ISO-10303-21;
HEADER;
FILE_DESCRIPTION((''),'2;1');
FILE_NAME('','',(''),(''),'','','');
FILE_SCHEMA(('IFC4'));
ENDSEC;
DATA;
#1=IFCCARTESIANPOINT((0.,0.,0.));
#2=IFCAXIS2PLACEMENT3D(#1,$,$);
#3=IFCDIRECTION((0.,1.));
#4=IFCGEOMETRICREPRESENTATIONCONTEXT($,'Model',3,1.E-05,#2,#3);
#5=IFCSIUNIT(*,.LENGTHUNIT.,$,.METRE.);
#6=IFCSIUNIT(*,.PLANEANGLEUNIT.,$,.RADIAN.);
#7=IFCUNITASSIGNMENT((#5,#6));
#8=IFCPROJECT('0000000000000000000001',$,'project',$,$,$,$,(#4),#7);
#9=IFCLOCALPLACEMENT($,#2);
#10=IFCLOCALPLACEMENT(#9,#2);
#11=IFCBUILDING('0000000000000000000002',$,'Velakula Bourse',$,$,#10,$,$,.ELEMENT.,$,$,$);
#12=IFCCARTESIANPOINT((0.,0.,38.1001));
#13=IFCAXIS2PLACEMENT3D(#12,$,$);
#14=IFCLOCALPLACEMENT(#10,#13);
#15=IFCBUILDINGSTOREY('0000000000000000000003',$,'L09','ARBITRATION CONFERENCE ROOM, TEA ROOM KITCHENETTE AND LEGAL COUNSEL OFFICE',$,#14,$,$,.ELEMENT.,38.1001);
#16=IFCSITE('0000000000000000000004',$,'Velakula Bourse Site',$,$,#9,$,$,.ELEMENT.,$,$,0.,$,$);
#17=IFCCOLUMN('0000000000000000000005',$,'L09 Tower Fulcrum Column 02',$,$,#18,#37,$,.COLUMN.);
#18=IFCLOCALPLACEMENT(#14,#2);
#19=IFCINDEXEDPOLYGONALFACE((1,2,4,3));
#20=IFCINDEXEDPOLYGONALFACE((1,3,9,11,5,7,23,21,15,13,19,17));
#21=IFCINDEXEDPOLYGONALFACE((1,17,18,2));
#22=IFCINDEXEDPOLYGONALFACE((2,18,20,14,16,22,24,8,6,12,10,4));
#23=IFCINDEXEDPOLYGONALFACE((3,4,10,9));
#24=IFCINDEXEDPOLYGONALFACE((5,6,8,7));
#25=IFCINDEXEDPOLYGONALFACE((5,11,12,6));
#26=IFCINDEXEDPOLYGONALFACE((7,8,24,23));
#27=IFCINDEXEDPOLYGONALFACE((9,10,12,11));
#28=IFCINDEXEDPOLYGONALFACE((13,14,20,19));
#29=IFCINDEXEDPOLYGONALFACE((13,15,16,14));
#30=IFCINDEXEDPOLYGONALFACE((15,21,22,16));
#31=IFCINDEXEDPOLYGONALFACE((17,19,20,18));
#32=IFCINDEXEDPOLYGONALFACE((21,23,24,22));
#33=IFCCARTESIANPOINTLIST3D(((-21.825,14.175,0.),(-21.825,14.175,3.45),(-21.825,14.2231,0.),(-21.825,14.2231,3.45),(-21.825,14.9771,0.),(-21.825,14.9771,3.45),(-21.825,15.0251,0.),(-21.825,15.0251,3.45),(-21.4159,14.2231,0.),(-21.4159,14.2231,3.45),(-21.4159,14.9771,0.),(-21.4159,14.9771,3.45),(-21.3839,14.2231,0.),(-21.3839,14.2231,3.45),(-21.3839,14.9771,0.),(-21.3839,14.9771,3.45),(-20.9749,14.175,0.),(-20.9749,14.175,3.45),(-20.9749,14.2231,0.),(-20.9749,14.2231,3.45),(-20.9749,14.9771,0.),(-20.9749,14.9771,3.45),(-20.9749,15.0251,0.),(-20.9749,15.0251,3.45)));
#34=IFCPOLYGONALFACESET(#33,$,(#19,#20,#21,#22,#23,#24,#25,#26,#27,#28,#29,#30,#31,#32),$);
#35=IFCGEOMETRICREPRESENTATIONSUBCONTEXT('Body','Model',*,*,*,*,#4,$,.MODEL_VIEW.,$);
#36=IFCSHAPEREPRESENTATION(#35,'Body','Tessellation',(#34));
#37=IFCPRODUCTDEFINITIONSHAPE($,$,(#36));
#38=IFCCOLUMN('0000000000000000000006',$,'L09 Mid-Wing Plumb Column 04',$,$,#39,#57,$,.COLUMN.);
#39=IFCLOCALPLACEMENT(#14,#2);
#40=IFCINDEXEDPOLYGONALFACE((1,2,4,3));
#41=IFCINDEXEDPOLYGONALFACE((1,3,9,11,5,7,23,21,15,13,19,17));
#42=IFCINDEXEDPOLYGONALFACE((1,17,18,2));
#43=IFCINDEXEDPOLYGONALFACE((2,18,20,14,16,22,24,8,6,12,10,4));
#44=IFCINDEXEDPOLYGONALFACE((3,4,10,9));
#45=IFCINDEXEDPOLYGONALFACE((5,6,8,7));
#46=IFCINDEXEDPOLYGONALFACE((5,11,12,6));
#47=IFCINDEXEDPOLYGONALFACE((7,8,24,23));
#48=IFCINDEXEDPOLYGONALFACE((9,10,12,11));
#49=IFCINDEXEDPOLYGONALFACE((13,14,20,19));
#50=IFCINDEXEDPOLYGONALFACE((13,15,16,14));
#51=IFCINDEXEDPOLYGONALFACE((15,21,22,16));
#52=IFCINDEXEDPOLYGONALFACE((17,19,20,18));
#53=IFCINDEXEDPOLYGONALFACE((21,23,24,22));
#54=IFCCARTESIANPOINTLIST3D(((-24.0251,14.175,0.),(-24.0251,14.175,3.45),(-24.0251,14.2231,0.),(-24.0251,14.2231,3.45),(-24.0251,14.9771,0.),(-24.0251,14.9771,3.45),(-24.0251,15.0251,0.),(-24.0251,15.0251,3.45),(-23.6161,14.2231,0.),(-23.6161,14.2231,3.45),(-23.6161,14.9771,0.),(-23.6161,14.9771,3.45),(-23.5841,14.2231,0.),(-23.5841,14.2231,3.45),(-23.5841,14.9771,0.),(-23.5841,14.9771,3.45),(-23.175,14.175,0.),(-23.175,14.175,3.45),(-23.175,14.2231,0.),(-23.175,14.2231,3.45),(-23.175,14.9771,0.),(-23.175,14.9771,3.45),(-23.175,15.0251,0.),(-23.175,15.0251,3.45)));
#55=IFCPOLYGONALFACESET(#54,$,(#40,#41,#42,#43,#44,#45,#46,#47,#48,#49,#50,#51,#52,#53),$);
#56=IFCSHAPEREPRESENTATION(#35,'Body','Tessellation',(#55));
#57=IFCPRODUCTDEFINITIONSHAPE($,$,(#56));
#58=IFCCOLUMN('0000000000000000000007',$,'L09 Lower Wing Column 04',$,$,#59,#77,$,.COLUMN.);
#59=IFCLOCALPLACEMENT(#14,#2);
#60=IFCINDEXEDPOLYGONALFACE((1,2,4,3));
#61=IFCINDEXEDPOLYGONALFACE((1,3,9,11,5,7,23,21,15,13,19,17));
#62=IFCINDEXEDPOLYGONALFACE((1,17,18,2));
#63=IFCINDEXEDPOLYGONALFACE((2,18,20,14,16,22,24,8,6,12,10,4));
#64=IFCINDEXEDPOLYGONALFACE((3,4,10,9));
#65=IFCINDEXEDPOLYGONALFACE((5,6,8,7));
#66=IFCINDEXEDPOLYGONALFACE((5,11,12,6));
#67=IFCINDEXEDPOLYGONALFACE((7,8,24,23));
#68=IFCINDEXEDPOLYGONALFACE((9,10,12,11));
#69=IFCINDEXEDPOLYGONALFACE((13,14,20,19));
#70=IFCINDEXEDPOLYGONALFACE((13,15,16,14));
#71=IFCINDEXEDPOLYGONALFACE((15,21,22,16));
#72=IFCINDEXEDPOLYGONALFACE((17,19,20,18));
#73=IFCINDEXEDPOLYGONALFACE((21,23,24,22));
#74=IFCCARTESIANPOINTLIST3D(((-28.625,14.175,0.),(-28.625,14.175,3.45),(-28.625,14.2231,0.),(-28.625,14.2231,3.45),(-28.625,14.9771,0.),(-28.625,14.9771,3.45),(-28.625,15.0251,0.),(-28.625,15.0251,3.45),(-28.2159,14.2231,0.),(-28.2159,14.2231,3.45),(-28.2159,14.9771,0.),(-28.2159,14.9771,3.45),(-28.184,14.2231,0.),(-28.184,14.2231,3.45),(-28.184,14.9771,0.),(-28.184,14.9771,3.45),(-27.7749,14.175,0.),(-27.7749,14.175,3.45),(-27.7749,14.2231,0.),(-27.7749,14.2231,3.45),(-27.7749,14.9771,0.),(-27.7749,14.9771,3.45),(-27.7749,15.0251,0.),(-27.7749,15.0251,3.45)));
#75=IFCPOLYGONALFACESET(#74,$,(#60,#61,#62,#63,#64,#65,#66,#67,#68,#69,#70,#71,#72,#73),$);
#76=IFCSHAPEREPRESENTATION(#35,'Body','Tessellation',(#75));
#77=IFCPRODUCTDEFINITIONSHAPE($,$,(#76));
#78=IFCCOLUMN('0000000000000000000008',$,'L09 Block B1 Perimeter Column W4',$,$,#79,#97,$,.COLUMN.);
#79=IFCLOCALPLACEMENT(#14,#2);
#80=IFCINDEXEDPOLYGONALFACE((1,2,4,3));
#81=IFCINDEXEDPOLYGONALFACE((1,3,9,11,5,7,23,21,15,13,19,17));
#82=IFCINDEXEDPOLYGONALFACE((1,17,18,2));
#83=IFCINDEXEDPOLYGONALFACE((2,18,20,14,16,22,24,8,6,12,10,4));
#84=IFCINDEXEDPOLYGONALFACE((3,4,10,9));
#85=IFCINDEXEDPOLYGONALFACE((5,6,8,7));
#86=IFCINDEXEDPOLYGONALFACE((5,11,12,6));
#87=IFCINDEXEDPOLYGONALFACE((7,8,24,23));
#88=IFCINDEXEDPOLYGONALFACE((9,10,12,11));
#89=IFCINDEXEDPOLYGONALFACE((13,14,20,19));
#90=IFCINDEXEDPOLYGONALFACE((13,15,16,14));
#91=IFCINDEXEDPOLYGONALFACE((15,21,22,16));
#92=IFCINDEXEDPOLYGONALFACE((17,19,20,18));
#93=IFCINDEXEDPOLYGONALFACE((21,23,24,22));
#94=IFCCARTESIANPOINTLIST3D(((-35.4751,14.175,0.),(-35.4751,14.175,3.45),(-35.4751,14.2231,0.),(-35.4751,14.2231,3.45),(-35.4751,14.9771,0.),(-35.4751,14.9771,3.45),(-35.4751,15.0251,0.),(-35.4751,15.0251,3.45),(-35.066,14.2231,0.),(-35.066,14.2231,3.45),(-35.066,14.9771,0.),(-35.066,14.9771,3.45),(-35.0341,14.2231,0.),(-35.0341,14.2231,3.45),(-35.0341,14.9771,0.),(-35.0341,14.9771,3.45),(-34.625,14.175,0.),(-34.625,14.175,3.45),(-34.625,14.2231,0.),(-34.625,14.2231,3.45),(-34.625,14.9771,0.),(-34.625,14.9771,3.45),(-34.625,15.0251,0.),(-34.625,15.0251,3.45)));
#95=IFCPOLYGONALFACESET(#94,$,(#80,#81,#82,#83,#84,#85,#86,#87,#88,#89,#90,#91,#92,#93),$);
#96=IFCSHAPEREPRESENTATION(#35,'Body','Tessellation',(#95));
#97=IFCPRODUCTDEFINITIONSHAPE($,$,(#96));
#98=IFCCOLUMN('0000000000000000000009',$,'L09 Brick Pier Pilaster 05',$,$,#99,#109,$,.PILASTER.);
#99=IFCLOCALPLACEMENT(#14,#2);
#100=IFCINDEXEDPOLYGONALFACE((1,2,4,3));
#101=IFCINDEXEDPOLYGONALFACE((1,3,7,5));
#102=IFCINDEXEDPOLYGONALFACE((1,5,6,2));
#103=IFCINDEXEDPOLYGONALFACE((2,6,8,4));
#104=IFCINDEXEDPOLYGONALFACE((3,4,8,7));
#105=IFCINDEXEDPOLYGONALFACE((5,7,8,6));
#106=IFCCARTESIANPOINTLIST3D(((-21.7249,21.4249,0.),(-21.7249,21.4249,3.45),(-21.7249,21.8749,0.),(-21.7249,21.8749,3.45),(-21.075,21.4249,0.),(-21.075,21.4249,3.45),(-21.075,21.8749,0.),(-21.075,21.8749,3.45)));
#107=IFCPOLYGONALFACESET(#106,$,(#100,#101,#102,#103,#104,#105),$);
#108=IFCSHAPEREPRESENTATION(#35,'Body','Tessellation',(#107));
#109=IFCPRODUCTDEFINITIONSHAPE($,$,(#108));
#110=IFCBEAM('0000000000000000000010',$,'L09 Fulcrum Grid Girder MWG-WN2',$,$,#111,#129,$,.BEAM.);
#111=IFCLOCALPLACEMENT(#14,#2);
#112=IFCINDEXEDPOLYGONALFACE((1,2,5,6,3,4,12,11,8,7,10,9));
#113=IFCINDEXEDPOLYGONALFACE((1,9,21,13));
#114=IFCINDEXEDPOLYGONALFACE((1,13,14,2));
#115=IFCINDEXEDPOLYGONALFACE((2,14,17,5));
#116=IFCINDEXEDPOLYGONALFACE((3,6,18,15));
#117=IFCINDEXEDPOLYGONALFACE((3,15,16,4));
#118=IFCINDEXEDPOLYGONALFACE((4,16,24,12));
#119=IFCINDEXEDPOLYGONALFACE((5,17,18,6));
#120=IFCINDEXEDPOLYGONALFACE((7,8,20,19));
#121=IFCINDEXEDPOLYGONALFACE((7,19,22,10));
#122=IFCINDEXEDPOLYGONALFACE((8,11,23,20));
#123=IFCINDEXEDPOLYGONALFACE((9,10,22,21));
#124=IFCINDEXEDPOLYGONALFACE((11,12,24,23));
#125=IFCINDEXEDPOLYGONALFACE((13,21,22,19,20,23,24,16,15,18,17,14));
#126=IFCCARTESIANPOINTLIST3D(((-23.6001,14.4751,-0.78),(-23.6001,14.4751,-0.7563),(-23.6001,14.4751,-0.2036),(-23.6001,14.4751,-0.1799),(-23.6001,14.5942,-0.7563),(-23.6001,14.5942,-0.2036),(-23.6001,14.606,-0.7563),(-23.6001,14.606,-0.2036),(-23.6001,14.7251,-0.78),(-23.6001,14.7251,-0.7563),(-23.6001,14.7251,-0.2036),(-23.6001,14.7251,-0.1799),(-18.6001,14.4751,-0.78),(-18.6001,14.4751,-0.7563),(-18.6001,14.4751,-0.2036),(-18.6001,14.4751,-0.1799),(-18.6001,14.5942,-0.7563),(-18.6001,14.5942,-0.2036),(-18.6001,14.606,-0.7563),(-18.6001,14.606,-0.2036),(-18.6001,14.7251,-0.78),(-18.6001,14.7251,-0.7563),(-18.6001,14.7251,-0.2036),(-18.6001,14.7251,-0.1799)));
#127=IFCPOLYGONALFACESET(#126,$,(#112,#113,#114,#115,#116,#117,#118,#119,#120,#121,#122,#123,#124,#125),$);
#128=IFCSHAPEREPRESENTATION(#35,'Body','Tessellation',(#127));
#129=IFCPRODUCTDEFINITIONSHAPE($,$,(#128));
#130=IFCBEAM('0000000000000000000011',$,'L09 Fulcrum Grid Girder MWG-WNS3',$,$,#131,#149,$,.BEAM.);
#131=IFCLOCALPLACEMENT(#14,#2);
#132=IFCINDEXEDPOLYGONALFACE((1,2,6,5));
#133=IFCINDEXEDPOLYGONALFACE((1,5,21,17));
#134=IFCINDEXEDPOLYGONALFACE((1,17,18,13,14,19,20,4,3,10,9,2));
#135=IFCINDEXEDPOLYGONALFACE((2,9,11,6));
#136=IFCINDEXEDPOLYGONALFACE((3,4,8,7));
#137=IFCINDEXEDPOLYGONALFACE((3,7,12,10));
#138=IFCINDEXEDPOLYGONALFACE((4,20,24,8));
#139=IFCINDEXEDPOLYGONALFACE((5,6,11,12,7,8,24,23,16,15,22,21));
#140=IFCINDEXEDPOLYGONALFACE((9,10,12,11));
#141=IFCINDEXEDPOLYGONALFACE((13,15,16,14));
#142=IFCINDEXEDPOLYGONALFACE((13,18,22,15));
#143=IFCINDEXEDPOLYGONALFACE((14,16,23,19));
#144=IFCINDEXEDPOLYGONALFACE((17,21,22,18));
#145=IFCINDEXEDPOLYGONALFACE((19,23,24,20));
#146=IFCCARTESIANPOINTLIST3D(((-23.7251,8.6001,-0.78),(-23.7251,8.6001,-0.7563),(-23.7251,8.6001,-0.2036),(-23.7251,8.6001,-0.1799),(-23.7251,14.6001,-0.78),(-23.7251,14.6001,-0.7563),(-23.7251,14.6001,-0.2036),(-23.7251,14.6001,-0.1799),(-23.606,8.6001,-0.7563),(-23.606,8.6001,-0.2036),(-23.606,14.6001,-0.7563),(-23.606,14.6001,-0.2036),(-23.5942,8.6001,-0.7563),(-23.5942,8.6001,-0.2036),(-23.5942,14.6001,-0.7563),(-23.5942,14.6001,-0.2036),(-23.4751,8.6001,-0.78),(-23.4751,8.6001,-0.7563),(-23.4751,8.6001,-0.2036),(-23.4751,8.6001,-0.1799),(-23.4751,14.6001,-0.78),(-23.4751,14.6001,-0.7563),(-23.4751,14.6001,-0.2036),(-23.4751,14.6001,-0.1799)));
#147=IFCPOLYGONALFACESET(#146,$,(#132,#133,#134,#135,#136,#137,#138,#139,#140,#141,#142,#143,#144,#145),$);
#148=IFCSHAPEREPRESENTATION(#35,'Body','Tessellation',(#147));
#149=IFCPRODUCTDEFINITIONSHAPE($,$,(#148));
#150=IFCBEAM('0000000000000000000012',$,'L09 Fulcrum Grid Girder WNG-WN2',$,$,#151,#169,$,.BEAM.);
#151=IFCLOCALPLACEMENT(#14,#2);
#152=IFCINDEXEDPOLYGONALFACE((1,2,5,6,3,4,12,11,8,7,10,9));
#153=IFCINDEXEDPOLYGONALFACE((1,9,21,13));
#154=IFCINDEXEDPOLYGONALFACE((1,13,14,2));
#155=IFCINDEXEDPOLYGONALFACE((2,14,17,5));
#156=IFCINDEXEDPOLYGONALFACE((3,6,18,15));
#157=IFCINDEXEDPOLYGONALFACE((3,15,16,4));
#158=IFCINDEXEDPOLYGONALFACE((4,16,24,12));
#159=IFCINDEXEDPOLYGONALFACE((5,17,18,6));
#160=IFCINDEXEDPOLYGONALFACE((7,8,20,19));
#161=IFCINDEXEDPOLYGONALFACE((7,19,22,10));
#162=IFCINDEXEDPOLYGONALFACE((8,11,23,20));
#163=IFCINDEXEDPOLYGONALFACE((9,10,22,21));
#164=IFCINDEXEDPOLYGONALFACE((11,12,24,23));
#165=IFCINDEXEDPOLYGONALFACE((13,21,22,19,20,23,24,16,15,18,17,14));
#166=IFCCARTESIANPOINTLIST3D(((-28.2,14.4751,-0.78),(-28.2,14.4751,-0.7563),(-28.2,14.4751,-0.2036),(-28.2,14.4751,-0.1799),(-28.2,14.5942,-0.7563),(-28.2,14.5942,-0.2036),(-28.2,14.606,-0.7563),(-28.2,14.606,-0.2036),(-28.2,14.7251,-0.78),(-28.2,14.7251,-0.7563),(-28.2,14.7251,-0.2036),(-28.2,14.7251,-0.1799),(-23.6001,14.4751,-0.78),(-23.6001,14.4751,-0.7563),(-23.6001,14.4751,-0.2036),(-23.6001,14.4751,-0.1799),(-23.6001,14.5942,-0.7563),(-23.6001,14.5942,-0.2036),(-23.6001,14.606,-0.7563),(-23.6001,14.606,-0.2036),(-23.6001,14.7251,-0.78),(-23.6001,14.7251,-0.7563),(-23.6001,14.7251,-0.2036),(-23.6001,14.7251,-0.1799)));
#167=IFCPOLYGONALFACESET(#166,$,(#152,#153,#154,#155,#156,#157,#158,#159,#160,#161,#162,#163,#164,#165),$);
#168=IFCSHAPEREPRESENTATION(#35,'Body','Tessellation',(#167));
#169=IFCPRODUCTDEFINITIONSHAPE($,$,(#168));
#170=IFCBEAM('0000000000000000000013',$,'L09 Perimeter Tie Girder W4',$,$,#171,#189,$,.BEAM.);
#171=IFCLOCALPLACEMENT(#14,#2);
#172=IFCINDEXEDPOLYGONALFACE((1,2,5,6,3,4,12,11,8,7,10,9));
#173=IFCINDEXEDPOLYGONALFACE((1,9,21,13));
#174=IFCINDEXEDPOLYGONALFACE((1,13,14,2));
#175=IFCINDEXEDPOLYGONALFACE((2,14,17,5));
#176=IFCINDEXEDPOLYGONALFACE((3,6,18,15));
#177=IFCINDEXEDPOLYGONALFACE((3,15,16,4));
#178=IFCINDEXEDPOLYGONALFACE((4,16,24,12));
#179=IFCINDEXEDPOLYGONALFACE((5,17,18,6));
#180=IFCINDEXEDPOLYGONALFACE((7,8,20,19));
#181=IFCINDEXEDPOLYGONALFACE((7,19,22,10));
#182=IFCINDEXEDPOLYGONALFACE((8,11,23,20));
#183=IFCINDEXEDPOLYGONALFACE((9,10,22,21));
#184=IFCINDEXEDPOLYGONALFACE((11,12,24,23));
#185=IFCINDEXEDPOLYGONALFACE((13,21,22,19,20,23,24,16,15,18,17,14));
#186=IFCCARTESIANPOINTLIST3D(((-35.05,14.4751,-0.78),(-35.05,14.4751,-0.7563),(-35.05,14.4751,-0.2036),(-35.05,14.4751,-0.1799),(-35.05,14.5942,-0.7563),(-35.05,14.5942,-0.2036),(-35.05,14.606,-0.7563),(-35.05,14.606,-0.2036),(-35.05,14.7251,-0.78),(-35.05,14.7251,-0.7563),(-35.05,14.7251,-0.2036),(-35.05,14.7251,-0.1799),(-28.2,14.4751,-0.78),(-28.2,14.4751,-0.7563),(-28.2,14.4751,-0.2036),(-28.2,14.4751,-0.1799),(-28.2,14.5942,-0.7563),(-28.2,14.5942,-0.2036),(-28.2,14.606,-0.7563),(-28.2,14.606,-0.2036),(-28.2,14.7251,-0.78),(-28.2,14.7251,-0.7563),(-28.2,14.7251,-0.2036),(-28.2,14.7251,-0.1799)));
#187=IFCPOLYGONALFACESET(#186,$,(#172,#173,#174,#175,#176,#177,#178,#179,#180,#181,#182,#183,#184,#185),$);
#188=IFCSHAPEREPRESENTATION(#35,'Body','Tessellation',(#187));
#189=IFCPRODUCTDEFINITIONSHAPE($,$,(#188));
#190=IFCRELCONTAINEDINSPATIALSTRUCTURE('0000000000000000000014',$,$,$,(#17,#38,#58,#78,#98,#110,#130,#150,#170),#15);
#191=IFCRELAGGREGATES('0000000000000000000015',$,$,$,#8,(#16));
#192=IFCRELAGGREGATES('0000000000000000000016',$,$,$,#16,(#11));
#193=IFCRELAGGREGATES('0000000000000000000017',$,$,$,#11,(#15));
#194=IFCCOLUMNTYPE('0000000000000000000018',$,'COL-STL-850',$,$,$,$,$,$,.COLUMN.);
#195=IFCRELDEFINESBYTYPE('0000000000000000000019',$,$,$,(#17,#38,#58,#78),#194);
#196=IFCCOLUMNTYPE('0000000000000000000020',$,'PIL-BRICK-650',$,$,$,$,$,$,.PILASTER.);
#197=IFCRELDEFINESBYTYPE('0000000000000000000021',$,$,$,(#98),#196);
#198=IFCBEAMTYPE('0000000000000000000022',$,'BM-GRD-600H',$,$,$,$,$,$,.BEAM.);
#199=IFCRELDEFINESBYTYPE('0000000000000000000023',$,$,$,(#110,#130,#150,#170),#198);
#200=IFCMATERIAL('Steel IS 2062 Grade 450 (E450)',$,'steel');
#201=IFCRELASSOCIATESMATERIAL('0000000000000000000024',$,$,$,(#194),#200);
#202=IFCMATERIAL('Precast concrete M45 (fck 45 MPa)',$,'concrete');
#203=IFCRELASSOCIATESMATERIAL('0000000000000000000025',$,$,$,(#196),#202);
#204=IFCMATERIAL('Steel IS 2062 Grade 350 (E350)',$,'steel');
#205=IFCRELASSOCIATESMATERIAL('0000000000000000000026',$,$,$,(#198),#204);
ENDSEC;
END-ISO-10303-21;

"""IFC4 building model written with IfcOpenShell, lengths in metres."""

from ifc_helpers import new_model, si_unit, direction, frame, origin, origin_2d, place, context, subcontext, project, spatial, rectangle, i_section, extrude, material, material_profile, profile_set, type_object, element, save


model = new_model("IFC4")

# Units and contexts
model_context = context("Model", 3, precision=1e-05, world=origin(), true_north=direction((0.0, 1.0)))
body_context = subcontext(model_context, "Body", "Model", "MODEL_VIEW")
ifc_project = project(units=[si_unit("LENGTHUNIT", "METRE"), si_unit("PLANEANGLEUNIT", "RADIAN")], contexts=[model_context])

# Site, building, storey
site_placement = place(None, origin())
site = spatial("IfcSite", under=ifc_project, at=site_placement, Name="Velakula Bourse Site", CompositionType="ELEMENT", RefElevation=0.0)
building_placement = place(site_placement, origin())
building = spatial("IfcBuilding", under=site, at=building_placement, Name="Velakula Bourse", CompositionType="ELEMENT")
storey_placement = place(building_placement, frame((0.0, 0.0, 38.1001)))
storey = spatial("IfcBuildingStorey", under=building, at=storey_placement, Name="L09", Description="ARBITRATION CONFERENCE ROOM, TEA ROOM KITCHENETTE AND LEGAL COUNSEL OFFICE", CompositionType="ELEMENT", Elevation=38.1001)

# Columns
ifc_material_1 = material(Name="Steel IS 2062 Grade 450 (E450)", Category="steel")
ifc_material_profile_1 = material_profile(ifc_material_1, i_section(OverallWidth=0.8501, OverallDepth=0.8501, WebThickness=0.032, FlangeThickness=0.0481, at=origin_2d()), Name="Steel IS 2062 Grade 450 (E450)")
ifc_profile_set_1 = profile_set([ifc_material_profile_1], Name="Steel IS 2062 Grade 450 (E450)")
column_type_1 = type_object("IfcColumnType", Name="COL-STL-850", PredefinedType="COLUMN", material=ifc_profile_set_1)
for number, where, z_axis, x_axis, name in (
    (1, (-21.3999, 14.6001, 0.0), (0.0, 0.0, 1.0), (1.0, 0.0, 0.0), "L09 Tower Fulcrum Column 02"),
    (2, (-23.6001, 14.6001, 0.0), (0.0, 0.0, 1.0), (1.0, 0.0, 0.0), "L09 Mid-Wing Plumb Column 04"),
    (3, (-28.2, 14.6001, 0.0), (0.0, 0.0, 1.0), (1.0, 0.0, 0.0), "L09 Lower Wing Column 04"),
    (4, (-35.05, 14.6001, 0.0), (0.0, 0.0, 1.0), (1.0, 0.0, 0.0), "L09 Block B1 Perimeter Column W4"),
):
    element("IfcColumn", number, at=place(storey_placement, frame(where, z_axis=z_axis, x_axis=x_axis)), inside=storey, type_object=column_type_1, Name=name, PredefinedType="COLUMN", context=body_context, shape_type="SweptSolid", body=[
        extrude(i_section(OverallWidth=0.8501, OverallDepth=0.8501, WebThickness=0.032, FlangeThickness=0.0481, at=origin_2d()), origin(), (0.0, 0.0, 1.0), 3.45),
    ])
ifc_material_2 = material(Name="Precast concrete M45 (fck 45 MPa)", Category="concrete")
ifc_material_profile_2 = material_profile(ifc_material_2, rectangle(XDim=0.6499, YDim=0.45, at=origin_2d()), Name="Precast concrete M45 (fck 45 MPa)")
ifc_profile_set_2 = profile_set([ifc_material_profile_2], Name="Precast concrete M45 (fck 45 MPa)")
column_type_2 = type_object("IfcColumnType", Name="PIL-BRICK-650", PredefinedType="PILASTER", material=ifc_profile_set_2)
column_placement = place(storey_placement, frame((-21.3999, 21.6499, 0.0), z_axis=(0.0, 0.0, 1.0), x_axis=(1.0, 0.0, 0.0)))
element("IfcColumn", 5, at=column_placement, inside=storey, type_object=column_type_2, Name="L09 Brick Pier Pilaster 05", PredefinedType="PILASTER", context=body_context, shape_type="SweptSolid", body=[
    extrude(rectangle(XDim=0.6499, YDim=0.45, at=origin_2d()), origin(), (0.0, 0.0, 1.0), 3.45),
])

# Beams
ifc_material_3 = material(Name="Steel IS 2062 Grade 350 (E350)", Category="steel")
ifc_material_profile_3 = material_profile(ifc_material_3, i_section(OverallWidth=0.25, OverallDepth=0.6001, WebThickness=0.0117, FlangeThickness=0.0237, at=origin_2d()), Name="Steel IS 2062 Grade 350 (E350)")
ifc_profile_set_3 = profile_set([ifc_material_profile_3], Name="Steel IS 2062 Grade 350 (E350)")
beam_type_1 = type_object("IfcBeamType", Name="BM-GRD-600H", PredefinedType="BEAM", material=ifc_profile_set_3)
beam_1_placement = place(storey_placement, frame((-23.6001, 14.6001, -0.48), z_axis=(1.0, 0.0, 0.0), x_axis=(0.0, 1.0, 0.0)))
element("IfcBeam", 6, at=beam_1_placement, inside=storey, type_object=beam_type_1, Name="L09 Fulcrum Grid Girder MWG-WN2", PredefinedType="BEAM", context=body_context, shape_type="SweptSolid", body=[
    extrude(i_section(OverallWidth=0.25, OverallDepth=0.6001, WebThickness=0.0117, FlangeThickness=0.0237, at=origin_2d()), origin(), (0.0, 0.0, 1.0), 5.0),
])
beam_2_placement = place(storey_placement, frame((-23.6001, 8.6001, -0.48), z_axis=(0.0, 1.0, 0.0), x_axis=(-1.0, 0.0, 0.0)))
element("IfcBeam", 7, at=beam_2_placement, inside=storey, type_object=beam_type_1, Name="L09 Fulcrum Grid Girder MWG-WNS3", PredefinedType="BEAM", context=body_context, shape_type="SweptSolid", body=[
    extrude(i_section(OverallWidth=0.25, OverallDepth=0.6001, WebThickness=0.0117, FlangeThickness=0.0237, at=origin_2d()), origin(), (0.0, 0.0, 1.0), 6.0),
])
beam_3_placement = place(storey_placement, frame((-28.2, 14.6001, -0.48), z_axis=(1.0, 0.0, 0.0), x_axis=(0.0, 1.0, 0.0)))
element("IfcBeam", 8, at=beam_3_placement, inside=storey, type_object=beam_type_1, Name="L09 Fulcrum Grid Girder WNG-WN2", PredefinedType="BEAM", context=body_context, shape_type="SweptSolid", body=[
    extrude(i_section(OverallWidth=0.25, OverallDepth=0.6001, WebThickness=0.0117, FlangeThickness=0.0237, at=origin_2d()), origin(), (0.0, 0.0, 1.0), 4.5999),
])
beam_4_placement = place(storey_placement, frame((-28.2, 14.6001, -0.48), z_axis=(-1.0, 0.0, 0.0), x_axis=(0.0, -1.0, 0.0)))
element("IfcBeam", 9, at=beam_4_placement, inside=storey, type_object=beam_type_1, Name="L09 Perimeter Tie Girder W4", PredefinedType="BEAM", context=body_context, shape_type="SweptSolid", body=[
    extrude(i_section(OverallWidth=0.25, OverallDepth=0.6001, WebThickness=0.0117, FlangeThickness=0.0237, at=origin_2d()), origin(), (0.0, 0.0, 1.0), 6.8501),
])

save(model, "model.ifc")
